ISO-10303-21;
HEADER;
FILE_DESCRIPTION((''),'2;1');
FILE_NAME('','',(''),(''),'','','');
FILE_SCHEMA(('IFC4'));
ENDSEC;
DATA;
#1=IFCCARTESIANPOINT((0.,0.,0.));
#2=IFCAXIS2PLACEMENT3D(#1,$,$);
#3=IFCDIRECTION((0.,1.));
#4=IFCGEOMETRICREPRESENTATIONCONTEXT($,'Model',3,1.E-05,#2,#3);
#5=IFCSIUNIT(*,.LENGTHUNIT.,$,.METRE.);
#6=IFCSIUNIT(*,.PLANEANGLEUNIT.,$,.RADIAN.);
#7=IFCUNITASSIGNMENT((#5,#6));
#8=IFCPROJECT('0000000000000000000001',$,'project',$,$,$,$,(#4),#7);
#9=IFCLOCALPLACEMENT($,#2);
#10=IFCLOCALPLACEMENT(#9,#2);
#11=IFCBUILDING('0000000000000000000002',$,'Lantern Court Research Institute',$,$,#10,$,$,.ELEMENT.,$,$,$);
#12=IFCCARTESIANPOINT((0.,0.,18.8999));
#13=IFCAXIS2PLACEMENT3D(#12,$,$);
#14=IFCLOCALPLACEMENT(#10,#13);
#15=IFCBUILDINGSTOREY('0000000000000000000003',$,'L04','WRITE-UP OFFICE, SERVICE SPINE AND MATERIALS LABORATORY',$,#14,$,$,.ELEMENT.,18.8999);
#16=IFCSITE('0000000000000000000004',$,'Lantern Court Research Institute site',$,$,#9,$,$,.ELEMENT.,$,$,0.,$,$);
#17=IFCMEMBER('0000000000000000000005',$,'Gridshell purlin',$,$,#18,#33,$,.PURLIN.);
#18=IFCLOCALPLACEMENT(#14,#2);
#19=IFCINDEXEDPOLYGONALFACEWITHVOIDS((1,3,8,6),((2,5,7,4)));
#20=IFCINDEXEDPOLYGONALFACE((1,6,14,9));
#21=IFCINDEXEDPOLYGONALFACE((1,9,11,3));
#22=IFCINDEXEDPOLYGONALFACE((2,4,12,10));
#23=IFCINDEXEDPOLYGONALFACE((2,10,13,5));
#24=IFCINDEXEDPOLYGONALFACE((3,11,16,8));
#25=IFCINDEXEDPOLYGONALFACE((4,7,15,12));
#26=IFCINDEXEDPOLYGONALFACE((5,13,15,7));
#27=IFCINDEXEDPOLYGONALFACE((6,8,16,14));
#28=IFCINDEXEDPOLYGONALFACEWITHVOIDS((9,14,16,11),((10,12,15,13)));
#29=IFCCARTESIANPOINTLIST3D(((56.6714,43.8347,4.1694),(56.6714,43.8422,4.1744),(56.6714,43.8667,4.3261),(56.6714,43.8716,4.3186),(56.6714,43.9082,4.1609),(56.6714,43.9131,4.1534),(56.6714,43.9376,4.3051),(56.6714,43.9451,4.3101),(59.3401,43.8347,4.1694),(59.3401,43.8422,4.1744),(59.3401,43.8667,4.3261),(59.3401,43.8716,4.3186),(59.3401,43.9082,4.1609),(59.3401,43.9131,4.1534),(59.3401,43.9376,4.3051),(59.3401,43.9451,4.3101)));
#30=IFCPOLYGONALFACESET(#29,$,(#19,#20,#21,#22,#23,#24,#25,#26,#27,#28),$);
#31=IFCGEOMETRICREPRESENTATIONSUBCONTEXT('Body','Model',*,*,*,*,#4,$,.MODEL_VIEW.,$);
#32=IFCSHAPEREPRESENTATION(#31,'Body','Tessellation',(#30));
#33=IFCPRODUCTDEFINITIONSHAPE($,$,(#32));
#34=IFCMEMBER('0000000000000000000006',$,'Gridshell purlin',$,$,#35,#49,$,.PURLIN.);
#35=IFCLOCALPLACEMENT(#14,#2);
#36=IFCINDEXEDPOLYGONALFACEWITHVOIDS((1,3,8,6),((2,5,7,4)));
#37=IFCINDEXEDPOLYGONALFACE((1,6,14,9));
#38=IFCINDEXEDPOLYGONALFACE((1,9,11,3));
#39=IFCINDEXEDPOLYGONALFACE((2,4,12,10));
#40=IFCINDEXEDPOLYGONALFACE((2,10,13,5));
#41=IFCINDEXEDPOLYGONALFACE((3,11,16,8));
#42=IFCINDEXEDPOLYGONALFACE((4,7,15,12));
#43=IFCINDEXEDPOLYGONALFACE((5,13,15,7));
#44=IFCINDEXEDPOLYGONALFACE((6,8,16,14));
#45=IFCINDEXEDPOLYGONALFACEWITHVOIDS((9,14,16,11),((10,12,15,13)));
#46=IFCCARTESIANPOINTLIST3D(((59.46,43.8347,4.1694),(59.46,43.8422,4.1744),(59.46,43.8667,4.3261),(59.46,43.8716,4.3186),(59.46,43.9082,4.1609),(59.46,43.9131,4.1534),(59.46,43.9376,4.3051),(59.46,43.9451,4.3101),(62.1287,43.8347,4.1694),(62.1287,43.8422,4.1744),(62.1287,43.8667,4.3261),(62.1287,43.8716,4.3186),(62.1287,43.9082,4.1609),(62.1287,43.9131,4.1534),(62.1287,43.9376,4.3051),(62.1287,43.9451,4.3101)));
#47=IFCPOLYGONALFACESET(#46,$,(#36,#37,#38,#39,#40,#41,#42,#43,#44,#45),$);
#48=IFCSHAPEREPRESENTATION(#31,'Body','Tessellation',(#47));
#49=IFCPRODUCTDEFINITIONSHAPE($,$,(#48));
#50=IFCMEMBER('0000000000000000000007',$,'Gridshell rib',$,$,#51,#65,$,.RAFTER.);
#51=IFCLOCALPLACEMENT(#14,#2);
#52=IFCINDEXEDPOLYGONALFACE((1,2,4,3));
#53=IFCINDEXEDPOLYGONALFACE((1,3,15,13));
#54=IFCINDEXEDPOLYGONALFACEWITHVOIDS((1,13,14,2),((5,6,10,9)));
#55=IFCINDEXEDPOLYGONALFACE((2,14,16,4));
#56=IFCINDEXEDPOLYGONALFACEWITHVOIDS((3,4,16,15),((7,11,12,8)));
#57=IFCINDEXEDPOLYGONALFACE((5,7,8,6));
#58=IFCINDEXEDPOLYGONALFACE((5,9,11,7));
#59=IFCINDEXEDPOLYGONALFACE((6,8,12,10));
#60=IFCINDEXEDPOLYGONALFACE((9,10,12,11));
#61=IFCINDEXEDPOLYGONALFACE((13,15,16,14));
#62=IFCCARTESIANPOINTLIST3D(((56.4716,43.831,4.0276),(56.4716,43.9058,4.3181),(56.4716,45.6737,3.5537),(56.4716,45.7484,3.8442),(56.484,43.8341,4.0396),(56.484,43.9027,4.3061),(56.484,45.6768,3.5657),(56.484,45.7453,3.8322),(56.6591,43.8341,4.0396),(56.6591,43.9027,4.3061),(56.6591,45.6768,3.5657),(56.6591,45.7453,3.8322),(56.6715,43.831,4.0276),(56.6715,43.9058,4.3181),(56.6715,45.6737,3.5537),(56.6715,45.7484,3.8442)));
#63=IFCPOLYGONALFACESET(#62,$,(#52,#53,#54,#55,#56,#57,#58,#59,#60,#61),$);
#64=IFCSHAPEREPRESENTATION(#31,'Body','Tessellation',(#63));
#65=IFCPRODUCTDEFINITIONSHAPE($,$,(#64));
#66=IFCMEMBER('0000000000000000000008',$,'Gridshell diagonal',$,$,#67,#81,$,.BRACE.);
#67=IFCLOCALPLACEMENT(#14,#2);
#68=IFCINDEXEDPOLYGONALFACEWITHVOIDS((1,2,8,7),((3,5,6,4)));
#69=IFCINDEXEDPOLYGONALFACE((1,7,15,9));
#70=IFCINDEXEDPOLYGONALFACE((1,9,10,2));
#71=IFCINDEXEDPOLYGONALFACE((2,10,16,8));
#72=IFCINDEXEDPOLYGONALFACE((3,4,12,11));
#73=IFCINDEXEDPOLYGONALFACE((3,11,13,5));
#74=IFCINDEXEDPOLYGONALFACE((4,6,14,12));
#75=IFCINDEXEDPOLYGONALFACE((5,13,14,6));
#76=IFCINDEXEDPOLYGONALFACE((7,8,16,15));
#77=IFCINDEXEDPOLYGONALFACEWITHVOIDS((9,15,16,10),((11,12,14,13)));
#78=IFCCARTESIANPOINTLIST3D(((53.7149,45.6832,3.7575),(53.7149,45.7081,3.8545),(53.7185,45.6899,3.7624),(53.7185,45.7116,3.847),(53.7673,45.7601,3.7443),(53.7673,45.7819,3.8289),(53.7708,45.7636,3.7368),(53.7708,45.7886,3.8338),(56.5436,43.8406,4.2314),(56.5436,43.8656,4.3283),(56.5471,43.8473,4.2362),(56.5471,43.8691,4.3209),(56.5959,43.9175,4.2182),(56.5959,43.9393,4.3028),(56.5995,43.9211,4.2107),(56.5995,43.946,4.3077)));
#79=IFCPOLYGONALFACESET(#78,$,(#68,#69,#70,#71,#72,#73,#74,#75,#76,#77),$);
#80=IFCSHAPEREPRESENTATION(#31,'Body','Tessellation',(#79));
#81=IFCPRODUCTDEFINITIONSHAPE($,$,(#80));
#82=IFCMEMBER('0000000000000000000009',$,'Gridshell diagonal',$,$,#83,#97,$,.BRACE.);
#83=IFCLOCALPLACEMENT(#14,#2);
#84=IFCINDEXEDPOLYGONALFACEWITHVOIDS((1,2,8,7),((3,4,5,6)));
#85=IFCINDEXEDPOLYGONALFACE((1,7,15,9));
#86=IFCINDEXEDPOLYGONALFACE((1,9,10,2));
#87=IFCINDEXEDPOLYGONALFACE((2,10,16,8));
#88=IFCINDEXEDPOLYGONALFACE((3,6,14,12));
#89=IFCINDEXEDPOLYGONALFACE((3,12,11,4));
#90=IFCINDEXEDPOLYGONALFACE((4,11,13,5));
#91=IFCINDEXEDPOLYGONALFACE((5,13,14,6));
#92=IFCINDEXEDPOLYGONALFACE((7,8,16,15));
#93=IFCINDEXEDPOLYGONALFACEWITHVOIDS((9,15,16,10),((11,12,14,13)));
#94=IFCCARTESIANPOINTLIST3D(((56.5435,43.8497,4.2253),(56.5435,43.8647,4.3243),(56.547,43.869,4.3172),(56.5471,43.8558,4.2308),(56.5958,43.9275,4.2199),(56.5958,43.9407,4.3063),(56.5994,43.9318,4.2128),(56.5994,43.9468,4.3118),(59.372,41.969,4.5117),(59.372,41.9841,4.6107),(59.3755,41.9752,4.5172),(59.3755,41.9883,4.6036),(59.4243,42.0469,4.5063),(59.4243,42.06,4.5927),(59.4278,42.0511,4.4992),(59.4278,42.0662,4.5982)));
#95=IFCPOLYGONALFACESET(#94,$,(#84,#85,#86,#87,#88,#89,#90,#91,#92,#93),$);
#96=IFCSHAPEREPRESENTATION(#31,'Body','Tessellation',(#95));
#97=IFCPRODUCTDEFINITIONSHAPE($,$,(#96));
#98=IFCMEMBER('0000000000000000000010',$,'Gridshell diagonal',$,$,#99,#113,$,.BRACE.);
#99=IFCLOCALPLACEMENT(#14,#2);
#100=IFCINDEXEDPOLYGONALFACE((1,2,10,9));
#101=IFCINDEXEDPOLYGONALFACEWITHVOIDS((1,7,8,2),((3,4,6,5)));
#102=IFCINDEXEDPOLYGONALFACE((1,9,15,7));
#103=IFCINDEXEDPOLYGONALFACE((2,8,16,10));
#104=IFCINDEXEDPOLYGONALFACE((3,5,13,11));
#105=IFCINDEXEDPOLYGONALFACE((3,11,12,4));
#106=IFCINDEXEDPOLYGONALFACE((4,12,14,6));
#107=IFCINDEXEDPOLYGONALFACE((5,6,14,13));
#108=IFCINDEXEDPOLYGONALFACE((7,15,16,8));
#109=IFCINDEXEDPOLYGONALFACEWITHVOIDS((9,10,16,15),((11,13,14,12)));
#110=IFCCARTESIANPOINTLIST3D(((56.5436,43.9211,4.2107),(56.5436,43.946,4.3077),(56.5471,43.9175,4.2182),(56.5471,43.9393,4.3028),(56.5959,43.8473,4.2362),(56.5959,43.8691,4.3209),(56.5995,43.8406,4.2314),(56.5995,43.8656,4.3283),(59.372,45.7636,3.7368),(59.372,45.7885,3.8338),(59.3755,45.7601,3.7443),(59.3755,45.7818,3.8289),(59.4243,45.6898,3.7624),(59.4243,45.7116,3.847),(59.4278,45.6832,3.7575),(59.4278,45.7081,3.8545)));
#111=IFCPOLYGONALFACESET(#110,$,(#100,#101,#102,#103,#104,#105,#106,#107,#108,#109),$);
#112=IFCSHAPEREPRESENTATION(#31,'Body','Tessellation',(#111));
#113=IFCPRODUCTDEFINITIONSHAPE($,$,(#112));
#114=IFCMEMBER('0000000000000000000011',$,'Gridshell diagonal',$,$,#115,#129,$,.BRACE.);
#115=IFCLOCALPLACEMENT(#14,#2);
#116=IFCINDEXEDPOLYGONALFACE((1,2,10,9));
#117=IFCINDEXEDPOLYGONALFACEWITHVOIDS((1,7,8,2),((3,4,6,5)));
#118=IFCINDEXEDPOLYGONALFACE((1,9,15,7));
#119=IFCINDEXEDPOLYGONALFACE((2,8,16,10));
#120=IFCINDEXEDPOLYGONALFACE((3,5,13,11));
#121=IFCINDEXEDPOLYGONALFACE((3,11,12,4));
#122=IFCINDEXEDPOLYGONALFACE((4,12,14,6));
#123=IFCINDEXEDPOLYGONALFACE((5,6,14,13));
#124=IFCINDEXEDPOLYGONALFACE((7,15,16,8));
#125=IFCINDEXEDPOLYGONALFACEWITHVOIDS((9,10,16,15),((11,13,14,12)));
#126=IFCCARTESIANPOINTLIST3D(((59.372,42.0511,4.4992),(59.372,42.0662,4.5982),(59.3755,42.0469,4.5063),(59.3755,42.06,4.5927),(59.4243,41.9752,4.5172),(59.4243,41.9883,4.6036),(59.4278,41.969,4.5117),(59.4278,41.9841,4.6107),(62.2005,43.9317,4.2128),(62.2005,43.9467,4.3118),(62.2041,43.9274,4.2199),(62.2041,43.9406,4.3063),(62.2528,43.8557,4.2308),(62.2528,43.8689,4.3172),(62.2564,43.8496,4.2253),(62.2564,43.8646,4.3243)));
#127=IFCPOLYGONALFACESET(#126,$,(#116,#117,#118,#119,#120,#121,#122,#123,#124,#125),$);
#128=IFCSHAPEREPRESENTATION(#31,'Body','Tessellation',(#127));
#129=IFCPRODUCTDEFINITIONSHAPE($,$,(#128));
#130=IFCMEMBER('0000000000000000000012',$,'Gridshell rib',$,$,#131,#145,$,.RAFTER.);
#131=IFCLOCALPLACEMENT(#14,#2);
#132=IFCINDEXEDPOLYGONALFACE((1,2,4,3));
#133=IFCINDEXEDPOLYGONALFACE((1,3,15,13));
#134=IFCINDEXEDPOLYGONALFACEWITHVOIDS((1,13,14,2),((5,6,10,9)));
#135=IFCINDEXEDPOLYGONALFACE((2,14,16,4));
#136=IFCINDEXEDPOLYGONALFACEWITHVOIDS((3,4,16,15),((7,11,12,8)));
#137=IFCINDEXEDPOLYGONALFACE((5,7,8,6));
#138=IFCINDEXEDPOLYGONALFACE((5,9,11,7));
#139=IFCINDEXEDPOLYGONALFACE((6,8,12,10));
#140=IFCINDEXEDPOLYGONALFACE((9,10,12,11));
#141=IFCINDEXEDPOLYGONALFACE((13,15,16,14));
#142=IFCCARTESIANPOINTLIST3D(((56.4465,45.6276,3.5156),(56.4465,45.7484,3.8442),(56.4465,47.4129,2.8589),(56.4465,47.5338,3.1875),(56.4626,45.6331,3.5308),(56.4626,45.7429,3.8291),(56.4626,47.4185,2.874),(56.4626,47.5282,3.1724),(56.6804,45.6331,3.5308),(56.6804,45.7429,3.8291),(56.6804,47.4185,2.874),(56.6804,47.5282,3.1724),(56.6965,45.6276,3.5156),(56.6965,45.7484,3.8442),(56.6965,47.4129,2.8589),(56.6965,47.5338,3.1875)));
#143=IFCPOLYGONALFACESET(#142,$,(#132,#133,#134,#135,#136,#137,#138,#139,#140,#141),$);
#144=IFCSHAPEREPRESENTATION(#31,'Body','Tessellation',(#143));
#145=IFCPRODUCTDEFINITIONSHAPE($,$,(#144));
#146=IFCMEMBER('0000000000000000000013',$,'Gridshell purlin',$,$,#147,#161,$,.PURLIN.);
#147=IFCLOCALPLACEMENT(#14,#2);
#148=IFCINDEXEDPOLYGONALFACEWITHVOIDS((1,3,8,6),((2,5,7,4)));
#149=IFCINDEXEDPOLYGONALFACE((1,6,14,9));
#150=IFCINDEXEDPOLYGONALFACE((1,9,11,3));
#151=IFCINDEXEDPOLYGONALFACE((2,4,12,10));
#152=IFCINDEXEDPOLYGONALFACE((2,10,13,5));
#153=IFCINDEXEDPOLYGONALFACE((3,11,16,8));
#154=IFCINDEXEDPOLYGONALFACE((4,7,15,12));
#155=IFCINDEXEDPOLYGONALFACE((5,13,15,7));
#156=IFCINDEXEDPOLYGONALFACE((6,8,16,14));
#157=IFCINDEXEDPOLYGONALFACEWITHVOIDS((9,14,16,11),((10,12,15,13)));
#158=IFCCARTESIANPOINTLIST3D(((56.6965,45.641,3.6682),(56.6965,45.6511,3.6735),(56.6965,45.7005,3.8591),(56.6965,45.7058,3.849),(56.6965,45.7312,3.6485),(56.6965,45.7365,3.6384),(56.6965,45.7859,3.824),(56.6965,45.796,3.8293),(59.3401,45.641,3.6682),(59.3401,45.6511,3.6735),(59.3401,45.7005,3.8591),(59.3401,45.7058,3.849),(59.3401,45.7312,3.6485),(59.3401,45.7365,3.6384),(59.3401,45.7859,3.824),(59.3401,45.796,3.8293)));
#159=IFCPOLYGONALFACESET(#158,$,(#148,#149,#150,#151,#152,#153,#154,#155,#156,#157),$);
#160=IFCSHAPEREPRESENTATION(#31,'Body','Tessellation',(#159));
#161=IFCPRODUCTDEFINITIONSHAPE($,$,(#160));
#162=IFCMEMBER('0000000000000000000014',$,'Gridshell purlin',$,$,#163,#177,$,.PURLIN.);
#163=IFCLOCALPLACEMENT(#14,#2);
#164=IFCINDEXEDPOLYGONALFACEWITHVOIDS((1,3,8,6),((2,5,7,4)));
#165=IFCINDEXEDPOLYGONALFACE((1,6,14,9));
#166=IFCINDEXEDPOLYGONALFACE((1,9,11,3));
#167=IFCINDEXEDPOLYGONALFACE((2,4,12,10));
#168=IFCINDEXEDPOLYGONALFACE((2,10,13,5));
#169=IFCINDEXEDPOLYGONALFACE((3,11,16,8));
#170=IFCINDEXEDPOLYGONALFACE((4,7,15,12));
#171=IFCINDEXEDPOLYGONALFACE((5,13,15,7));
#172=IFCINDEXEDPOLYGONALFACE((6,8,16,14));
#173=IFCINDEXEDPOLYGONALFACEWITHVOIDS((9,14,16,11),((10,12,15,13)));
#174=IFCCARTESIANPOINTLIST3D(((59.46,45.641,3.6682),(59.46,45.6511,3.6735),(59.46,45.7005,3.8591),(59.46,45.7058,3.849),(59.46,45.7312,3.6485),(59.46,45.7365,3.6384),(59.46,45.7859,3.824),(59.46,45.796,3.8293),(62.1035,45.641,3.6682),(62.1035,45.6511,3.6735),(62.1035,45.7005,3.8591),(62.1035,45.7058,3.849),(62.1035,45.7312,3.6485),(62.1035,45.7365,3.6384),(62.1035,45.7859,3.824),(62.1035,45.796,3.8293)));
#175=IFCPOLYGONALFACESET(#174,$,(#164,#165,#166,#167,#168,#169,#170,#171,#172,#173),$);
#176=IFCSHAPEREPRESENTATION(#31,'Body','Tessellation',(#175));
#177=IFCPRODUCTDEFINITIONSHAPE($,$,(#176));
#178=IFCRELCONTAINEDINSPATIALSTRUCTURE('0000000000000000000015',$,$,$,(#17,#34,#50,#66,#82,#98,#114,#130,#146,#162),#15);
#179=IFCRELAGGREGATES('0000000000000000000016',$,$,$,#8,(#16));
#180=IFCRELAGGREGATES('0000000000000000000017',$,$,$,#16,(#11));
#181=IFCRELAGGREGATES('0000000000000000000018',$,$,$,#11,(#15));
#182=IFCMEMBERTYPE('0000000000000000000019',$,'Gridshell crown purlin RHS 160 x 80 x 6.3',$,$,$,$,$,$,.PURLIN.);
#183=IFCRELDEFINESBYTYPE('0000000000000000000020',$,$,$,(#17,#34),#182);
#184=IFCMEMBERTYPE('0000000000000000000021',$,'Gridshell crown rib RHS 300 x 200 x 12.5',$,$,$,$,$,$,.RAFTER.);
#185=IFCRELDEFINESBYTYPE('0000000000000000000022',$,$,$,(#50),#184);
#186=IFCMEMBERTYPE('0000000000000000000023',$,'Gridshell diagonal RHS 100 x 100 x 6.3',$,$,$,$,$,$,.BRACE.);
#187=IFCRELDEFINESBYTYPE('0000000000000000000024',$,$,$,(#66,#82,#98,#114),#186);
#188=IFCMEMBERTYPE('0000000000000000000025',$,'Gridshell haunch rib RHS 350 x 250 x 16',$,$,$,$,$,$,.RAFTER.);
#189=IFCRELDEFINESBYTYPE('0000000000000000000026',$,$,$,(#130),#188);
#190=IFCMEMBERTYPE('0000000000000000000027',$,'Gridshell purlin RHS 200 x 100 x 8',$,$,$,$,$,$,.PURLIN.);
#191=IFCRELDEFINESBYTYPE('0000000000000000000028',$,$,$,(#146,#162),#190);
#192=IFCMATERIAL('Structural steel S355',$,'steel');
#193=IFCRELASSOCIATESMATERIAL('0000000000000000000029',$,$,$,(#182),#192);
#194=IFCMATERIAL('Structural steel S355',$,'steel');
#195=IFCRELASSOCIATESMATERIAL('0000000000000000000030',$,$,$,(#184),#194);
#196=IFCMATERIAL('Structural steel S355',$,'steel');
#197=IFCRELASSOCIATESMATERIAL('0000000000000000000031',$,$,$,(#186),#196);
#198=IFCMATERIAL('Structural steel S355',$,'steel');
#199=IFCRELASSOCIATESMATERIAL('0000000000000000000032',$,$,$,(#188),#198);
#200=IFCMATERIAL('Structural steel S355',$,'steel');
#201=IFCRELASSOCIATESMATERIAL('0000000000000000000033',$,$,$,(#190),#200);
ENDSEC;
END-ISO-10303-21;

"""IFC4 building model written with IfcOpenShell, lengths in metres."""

from ifc_helpers import new_model, si_unit, direction, frame, origin, origin_2d, place, context, subcontext, project, spatial, hollow_rectangle, extrude, material, material_profile, profile_set, type_object, element, save


model = new_model("IFC4")

# Units and contexts
model_context = context("Model", 3, precision=1e-05, world=origin(), true_north=direction((0.0, 1.0)))
body_context = subcontext(model_context, "Body", "Model", "MODEL_VIEW")
ifc_project = project(units=[si_unit("LENGTHUNIT", "METRE"), si_unit("PLANEANGLEUNIT", "RADIAN")], contexts=[model_context])

# Site, building, storey
site_placement = place(None, origin())
site = spatial("IfcSite", under=ifc_project, at=site_placement, Name="Lantern Court Research Institute site", CompositionType="ELEMENT", RefElevation=0.0)
building_placement = place(site_placement, origin())
building = spatial("IfcBuilding", under=site, at=building_placement, Name="Lantern Court Research Institute", CompositionType="ELEMENT")
storey_placement = place(building_placement, frame((0.0, 0.0, 18.8999)))
storey = spatial("IfcBuildingStorey", under=building, at=storey_placement, Name="L04", Description="WRITE-UP OFFICE, SERVICE SPINE AND MATERIALS LABORATORY", CompositionType="ELEMENT", Elevation=18.8999)

# Members
ifc_material_1 = material(Name="Structural steel S355", Category="steel")
ifc_material_profile_1 = material_profile(ifc_material_1, hollow_rectangle(XDim=0.0801, YDim=0.1599, WallThickness=0.0063, at=origin_2d()), Name="Gridshell crown purlin RHS 160 x 80 x 6.3")
ifc_profile_set_1 = profile_set([ifc_material_profile_1], Name="Structural steel S355")
member_type_1 = type_object("IfcMemberType", Name="Gridshell crown purlin RHS 160 x 80 x 6.3", PredefinedType="PURLIN", material=ifc_profile_set_1)
for number, where, z_axis, x_axis, name in (
    (1, (56.6714, 43.8899, 4.2397), (1.0, 0.0, 0.0), (0.0, 0.979787, -0.200043), "Gridshell purlin"),
    (2, (59.46, 43.8899, 4.2397), (1.0, 0.0, 0.0), (0.0, 0.979787, -0.200043), "Gridshell purlin"),
):
    element("IfcMember", number, at=place(storey_placement, frame(where, z_axis=z_axis, x_axis=x_axis)), inside=storey, type_object=member_type_1, Name=name, PredefinedType="PURLIN", context=body_context, shape_type="SweptSolid", body=[
        extrude(hollow_rectangle(XDim=0.0801, YDim=0.1599, WallThickness=0.0063, at=origin_2d()), origin(), (0.0, 0.0, 1.0), 2.6687),
    ])
ifc_material_2 = material(Name="Structural steel S355", Category="steel")
ifc_material_profile_2 = material_profile(ifc_material_2, hollow_rectangle(XDim=0.2, YDim=0.3, WallThickness=0.0125, at=origin_2d()), Name="Gridshell crown rib RHS 300 x 200 x 12.5")
ifc_profile_set_2 = profile_set([ifc_material_profile_2], Name="Structural steel S355")
member_type_2 = type_object("IfcMemberType", Name="Gridshell crown rib RHS 300 x 200 x 12.5", PredefinedType="RAFTER", material=ifc_profile_set_2)
member_1_placement = place(storey_placement, frame((56.5715, 43.8684, 4.1729), z_axis=(0.0, 0.968482, -0.249082), x_axis=(-1.0, 0.0, 0.0)))
element("IfcMember", 3, at=member_1_placement, inside=storey, type_object=member_type_2, Name="Gridshell rib", PredefinedType="RAFTER", context=body_context, shape_type="SweptSolid", body=[
    extrude(hollow_rectangle(XDim=0.2, YDim=0.3, WallThickness=0.0125, at=origin_2d()), origin(), (0.0, 0.0, 1.0), 1.9026),
])
ifc_material_3 = material(Name="Structural steel S355", Category="steel")
ifc_material_profile_3 = material_profile(ifc_material_3, hollow_rectangle(XDim=0.1001, YDim=0.1001, WallThickness=0.0063, at=origin_2d()), Name="Gridshell diagonal RHS 100 x 100 x 6.3")
ifc_profile_set_3 = profile_set([ifc_material_profile_3], Name="Structural steel S355")
member_type_3 = type_object("IfcMemberType", Name="Gridshell diagonal RHS 100 x 100 x 6.3", PredefinedType="BRACE", material=ifc_profile_set_3)
member_2_placement = place(storey_placement, frame((56.5715, 43.8933, 4.2695), z_axis=(-0.829776, 0.540507, -0.139012), x_axis=(-0.558097, -0.803619, 0.206699)))
element("IfcMember", 4, at=member_2_placement, inside=storey, type_object=member_type_3, Name="Gridshell diagonal", PredefinedType="BRACE", context=body_context, shape_type="SweptSolid", body=[
    extrude(hollow_rectangle(XDim=0.1001, YDim=0.1001, WallThickness=0.0063, at=origin_2d()), origin(), (0.0, 0.0, 1.0), 3.4089),
])
for number, where, z_axis, x_axis, name in (
    (5, (59.3999, 42.0176, 4.5549), (-0.82978, 0.55173, -0.084017), (-0.558091, -0.820332, 0.124862), "Gridshell diagonal"),
    (6, (56.5715, 43.8933, 4.2695), (0.829753, 0.540539, -0.13902), (-0.55813, 0.803596, -0.206699), "Gridshell diagonal"),
    (7, (59.3999, 42.0176, 4.5549), (0.829802, 0.551698, -0.084012), (-0.558057, 0.820354, -0.124863), "Gridshell diagonal"),
):
    element("IfcMember", number, at=place(storey_placement, frame(where, z_axis=z_axis, x_axis=x_axis)), inside=storey, type_object=member_type_3, Name=name, PredefinedType="BRACE", context=body_context, shape_type="SweptSolid", body=[
        extrude(hollow_rectangle(XDim=0.1001, YDim=0.1001, WallThickness=0.0063, at=origin_2d()), origin(), (0.0, 0.0, 1.0), 3.4087),
    ])
ifc_material_4 = material(Name="Structural steel S355", Category="steel")
ifc_material_profile_4 = material_profile(ifc_material_4, hollow_rectangle(XDim=0.25, YDim=0.3501, WallThickness=0.0161, at=origin_2d()), Name="Gridshell haunch rib RHS 350 x 250 x 16")
ifc_profile_set_4 = profile_set([ifc_material_profile_4], Name="Structural steel S355")
member_type_4 = type_object("IfcMemberType", Name="Gridshell haunch rib RHS 350 x 250 x 16", PredefinedType="RAFTER", material=ifc_profile_set_4)
member_3_placement = place(storey_placement, frame((56.5715, 45.688, 3.6799), z_axis=(0.0, 0.93852, -0.345224), x_axis=(-1.0, 0.0, 0.0)))
element("IfcMember", 8, at=member_3_placement, inside=storey, type_object=member_type_4, Name="Gridshell rib", PredefinedType="RAFTER", context=body_context, shape_type="SweptSolid", body=[
    extrude(hollow_rectangle(XDim=0.25, YDim=0.3501, WallThickness=0.0161, at=origin_2d()), origin(), (0.0, 0.0, 1.0), 1.9023),
])
ifc_material_5 = material(Name="Structural steel S355", Category="steel")
ifc_material_profile_5 = material_profile(ifc_material_5, hollow_rectangle(XDim=0.1001, YDim=0.2, WallThickness=0.0081, at=origin_2d()), Name="Gridshell purlin RHS 200 x 100 x 8")
ifc_profile_set_5 = profile_set([ifc_material_profile_5], Name="Structural steel S355")
member_type_5 = type_object("IfcMemberType", Name="Gridshell purlin RHS 200 x 100 x 8", PredefinedType="PURLIN", material=ifc_profile_set_5)
for number, where, z_axis, x_axis, name in (
    (9, (56.6965, 45.7185, 3.7488), (1.0, 0.0, 0.0), (0.0, 0.954713, -0.297528), "Gridshell purlin"),
    (10, (59.46, 45.7185, 3.7488), (1.0, 0.0, 0.0), (0.0, 0.954713, -0.297528), "Gridshell purlin"),
):
    element("IfcMember", number, at=place(storey_placement, frame(where, z_axis=z_axis, x_axis=x_axis)), inside=storey, type_object=member_type_5, Name=name, PredefinedType="PURLIN", context=body_context, shape_type="SweptSolid", body=[
        extrude(hollow_rectangle(XDim=0.1001, YDim=0.2, WallThickness=0.0081, at=origin_2d()), origin(), (0.0, 0.0, 1.0), 2.6436),
    ])

save(model, "model.ifc")
